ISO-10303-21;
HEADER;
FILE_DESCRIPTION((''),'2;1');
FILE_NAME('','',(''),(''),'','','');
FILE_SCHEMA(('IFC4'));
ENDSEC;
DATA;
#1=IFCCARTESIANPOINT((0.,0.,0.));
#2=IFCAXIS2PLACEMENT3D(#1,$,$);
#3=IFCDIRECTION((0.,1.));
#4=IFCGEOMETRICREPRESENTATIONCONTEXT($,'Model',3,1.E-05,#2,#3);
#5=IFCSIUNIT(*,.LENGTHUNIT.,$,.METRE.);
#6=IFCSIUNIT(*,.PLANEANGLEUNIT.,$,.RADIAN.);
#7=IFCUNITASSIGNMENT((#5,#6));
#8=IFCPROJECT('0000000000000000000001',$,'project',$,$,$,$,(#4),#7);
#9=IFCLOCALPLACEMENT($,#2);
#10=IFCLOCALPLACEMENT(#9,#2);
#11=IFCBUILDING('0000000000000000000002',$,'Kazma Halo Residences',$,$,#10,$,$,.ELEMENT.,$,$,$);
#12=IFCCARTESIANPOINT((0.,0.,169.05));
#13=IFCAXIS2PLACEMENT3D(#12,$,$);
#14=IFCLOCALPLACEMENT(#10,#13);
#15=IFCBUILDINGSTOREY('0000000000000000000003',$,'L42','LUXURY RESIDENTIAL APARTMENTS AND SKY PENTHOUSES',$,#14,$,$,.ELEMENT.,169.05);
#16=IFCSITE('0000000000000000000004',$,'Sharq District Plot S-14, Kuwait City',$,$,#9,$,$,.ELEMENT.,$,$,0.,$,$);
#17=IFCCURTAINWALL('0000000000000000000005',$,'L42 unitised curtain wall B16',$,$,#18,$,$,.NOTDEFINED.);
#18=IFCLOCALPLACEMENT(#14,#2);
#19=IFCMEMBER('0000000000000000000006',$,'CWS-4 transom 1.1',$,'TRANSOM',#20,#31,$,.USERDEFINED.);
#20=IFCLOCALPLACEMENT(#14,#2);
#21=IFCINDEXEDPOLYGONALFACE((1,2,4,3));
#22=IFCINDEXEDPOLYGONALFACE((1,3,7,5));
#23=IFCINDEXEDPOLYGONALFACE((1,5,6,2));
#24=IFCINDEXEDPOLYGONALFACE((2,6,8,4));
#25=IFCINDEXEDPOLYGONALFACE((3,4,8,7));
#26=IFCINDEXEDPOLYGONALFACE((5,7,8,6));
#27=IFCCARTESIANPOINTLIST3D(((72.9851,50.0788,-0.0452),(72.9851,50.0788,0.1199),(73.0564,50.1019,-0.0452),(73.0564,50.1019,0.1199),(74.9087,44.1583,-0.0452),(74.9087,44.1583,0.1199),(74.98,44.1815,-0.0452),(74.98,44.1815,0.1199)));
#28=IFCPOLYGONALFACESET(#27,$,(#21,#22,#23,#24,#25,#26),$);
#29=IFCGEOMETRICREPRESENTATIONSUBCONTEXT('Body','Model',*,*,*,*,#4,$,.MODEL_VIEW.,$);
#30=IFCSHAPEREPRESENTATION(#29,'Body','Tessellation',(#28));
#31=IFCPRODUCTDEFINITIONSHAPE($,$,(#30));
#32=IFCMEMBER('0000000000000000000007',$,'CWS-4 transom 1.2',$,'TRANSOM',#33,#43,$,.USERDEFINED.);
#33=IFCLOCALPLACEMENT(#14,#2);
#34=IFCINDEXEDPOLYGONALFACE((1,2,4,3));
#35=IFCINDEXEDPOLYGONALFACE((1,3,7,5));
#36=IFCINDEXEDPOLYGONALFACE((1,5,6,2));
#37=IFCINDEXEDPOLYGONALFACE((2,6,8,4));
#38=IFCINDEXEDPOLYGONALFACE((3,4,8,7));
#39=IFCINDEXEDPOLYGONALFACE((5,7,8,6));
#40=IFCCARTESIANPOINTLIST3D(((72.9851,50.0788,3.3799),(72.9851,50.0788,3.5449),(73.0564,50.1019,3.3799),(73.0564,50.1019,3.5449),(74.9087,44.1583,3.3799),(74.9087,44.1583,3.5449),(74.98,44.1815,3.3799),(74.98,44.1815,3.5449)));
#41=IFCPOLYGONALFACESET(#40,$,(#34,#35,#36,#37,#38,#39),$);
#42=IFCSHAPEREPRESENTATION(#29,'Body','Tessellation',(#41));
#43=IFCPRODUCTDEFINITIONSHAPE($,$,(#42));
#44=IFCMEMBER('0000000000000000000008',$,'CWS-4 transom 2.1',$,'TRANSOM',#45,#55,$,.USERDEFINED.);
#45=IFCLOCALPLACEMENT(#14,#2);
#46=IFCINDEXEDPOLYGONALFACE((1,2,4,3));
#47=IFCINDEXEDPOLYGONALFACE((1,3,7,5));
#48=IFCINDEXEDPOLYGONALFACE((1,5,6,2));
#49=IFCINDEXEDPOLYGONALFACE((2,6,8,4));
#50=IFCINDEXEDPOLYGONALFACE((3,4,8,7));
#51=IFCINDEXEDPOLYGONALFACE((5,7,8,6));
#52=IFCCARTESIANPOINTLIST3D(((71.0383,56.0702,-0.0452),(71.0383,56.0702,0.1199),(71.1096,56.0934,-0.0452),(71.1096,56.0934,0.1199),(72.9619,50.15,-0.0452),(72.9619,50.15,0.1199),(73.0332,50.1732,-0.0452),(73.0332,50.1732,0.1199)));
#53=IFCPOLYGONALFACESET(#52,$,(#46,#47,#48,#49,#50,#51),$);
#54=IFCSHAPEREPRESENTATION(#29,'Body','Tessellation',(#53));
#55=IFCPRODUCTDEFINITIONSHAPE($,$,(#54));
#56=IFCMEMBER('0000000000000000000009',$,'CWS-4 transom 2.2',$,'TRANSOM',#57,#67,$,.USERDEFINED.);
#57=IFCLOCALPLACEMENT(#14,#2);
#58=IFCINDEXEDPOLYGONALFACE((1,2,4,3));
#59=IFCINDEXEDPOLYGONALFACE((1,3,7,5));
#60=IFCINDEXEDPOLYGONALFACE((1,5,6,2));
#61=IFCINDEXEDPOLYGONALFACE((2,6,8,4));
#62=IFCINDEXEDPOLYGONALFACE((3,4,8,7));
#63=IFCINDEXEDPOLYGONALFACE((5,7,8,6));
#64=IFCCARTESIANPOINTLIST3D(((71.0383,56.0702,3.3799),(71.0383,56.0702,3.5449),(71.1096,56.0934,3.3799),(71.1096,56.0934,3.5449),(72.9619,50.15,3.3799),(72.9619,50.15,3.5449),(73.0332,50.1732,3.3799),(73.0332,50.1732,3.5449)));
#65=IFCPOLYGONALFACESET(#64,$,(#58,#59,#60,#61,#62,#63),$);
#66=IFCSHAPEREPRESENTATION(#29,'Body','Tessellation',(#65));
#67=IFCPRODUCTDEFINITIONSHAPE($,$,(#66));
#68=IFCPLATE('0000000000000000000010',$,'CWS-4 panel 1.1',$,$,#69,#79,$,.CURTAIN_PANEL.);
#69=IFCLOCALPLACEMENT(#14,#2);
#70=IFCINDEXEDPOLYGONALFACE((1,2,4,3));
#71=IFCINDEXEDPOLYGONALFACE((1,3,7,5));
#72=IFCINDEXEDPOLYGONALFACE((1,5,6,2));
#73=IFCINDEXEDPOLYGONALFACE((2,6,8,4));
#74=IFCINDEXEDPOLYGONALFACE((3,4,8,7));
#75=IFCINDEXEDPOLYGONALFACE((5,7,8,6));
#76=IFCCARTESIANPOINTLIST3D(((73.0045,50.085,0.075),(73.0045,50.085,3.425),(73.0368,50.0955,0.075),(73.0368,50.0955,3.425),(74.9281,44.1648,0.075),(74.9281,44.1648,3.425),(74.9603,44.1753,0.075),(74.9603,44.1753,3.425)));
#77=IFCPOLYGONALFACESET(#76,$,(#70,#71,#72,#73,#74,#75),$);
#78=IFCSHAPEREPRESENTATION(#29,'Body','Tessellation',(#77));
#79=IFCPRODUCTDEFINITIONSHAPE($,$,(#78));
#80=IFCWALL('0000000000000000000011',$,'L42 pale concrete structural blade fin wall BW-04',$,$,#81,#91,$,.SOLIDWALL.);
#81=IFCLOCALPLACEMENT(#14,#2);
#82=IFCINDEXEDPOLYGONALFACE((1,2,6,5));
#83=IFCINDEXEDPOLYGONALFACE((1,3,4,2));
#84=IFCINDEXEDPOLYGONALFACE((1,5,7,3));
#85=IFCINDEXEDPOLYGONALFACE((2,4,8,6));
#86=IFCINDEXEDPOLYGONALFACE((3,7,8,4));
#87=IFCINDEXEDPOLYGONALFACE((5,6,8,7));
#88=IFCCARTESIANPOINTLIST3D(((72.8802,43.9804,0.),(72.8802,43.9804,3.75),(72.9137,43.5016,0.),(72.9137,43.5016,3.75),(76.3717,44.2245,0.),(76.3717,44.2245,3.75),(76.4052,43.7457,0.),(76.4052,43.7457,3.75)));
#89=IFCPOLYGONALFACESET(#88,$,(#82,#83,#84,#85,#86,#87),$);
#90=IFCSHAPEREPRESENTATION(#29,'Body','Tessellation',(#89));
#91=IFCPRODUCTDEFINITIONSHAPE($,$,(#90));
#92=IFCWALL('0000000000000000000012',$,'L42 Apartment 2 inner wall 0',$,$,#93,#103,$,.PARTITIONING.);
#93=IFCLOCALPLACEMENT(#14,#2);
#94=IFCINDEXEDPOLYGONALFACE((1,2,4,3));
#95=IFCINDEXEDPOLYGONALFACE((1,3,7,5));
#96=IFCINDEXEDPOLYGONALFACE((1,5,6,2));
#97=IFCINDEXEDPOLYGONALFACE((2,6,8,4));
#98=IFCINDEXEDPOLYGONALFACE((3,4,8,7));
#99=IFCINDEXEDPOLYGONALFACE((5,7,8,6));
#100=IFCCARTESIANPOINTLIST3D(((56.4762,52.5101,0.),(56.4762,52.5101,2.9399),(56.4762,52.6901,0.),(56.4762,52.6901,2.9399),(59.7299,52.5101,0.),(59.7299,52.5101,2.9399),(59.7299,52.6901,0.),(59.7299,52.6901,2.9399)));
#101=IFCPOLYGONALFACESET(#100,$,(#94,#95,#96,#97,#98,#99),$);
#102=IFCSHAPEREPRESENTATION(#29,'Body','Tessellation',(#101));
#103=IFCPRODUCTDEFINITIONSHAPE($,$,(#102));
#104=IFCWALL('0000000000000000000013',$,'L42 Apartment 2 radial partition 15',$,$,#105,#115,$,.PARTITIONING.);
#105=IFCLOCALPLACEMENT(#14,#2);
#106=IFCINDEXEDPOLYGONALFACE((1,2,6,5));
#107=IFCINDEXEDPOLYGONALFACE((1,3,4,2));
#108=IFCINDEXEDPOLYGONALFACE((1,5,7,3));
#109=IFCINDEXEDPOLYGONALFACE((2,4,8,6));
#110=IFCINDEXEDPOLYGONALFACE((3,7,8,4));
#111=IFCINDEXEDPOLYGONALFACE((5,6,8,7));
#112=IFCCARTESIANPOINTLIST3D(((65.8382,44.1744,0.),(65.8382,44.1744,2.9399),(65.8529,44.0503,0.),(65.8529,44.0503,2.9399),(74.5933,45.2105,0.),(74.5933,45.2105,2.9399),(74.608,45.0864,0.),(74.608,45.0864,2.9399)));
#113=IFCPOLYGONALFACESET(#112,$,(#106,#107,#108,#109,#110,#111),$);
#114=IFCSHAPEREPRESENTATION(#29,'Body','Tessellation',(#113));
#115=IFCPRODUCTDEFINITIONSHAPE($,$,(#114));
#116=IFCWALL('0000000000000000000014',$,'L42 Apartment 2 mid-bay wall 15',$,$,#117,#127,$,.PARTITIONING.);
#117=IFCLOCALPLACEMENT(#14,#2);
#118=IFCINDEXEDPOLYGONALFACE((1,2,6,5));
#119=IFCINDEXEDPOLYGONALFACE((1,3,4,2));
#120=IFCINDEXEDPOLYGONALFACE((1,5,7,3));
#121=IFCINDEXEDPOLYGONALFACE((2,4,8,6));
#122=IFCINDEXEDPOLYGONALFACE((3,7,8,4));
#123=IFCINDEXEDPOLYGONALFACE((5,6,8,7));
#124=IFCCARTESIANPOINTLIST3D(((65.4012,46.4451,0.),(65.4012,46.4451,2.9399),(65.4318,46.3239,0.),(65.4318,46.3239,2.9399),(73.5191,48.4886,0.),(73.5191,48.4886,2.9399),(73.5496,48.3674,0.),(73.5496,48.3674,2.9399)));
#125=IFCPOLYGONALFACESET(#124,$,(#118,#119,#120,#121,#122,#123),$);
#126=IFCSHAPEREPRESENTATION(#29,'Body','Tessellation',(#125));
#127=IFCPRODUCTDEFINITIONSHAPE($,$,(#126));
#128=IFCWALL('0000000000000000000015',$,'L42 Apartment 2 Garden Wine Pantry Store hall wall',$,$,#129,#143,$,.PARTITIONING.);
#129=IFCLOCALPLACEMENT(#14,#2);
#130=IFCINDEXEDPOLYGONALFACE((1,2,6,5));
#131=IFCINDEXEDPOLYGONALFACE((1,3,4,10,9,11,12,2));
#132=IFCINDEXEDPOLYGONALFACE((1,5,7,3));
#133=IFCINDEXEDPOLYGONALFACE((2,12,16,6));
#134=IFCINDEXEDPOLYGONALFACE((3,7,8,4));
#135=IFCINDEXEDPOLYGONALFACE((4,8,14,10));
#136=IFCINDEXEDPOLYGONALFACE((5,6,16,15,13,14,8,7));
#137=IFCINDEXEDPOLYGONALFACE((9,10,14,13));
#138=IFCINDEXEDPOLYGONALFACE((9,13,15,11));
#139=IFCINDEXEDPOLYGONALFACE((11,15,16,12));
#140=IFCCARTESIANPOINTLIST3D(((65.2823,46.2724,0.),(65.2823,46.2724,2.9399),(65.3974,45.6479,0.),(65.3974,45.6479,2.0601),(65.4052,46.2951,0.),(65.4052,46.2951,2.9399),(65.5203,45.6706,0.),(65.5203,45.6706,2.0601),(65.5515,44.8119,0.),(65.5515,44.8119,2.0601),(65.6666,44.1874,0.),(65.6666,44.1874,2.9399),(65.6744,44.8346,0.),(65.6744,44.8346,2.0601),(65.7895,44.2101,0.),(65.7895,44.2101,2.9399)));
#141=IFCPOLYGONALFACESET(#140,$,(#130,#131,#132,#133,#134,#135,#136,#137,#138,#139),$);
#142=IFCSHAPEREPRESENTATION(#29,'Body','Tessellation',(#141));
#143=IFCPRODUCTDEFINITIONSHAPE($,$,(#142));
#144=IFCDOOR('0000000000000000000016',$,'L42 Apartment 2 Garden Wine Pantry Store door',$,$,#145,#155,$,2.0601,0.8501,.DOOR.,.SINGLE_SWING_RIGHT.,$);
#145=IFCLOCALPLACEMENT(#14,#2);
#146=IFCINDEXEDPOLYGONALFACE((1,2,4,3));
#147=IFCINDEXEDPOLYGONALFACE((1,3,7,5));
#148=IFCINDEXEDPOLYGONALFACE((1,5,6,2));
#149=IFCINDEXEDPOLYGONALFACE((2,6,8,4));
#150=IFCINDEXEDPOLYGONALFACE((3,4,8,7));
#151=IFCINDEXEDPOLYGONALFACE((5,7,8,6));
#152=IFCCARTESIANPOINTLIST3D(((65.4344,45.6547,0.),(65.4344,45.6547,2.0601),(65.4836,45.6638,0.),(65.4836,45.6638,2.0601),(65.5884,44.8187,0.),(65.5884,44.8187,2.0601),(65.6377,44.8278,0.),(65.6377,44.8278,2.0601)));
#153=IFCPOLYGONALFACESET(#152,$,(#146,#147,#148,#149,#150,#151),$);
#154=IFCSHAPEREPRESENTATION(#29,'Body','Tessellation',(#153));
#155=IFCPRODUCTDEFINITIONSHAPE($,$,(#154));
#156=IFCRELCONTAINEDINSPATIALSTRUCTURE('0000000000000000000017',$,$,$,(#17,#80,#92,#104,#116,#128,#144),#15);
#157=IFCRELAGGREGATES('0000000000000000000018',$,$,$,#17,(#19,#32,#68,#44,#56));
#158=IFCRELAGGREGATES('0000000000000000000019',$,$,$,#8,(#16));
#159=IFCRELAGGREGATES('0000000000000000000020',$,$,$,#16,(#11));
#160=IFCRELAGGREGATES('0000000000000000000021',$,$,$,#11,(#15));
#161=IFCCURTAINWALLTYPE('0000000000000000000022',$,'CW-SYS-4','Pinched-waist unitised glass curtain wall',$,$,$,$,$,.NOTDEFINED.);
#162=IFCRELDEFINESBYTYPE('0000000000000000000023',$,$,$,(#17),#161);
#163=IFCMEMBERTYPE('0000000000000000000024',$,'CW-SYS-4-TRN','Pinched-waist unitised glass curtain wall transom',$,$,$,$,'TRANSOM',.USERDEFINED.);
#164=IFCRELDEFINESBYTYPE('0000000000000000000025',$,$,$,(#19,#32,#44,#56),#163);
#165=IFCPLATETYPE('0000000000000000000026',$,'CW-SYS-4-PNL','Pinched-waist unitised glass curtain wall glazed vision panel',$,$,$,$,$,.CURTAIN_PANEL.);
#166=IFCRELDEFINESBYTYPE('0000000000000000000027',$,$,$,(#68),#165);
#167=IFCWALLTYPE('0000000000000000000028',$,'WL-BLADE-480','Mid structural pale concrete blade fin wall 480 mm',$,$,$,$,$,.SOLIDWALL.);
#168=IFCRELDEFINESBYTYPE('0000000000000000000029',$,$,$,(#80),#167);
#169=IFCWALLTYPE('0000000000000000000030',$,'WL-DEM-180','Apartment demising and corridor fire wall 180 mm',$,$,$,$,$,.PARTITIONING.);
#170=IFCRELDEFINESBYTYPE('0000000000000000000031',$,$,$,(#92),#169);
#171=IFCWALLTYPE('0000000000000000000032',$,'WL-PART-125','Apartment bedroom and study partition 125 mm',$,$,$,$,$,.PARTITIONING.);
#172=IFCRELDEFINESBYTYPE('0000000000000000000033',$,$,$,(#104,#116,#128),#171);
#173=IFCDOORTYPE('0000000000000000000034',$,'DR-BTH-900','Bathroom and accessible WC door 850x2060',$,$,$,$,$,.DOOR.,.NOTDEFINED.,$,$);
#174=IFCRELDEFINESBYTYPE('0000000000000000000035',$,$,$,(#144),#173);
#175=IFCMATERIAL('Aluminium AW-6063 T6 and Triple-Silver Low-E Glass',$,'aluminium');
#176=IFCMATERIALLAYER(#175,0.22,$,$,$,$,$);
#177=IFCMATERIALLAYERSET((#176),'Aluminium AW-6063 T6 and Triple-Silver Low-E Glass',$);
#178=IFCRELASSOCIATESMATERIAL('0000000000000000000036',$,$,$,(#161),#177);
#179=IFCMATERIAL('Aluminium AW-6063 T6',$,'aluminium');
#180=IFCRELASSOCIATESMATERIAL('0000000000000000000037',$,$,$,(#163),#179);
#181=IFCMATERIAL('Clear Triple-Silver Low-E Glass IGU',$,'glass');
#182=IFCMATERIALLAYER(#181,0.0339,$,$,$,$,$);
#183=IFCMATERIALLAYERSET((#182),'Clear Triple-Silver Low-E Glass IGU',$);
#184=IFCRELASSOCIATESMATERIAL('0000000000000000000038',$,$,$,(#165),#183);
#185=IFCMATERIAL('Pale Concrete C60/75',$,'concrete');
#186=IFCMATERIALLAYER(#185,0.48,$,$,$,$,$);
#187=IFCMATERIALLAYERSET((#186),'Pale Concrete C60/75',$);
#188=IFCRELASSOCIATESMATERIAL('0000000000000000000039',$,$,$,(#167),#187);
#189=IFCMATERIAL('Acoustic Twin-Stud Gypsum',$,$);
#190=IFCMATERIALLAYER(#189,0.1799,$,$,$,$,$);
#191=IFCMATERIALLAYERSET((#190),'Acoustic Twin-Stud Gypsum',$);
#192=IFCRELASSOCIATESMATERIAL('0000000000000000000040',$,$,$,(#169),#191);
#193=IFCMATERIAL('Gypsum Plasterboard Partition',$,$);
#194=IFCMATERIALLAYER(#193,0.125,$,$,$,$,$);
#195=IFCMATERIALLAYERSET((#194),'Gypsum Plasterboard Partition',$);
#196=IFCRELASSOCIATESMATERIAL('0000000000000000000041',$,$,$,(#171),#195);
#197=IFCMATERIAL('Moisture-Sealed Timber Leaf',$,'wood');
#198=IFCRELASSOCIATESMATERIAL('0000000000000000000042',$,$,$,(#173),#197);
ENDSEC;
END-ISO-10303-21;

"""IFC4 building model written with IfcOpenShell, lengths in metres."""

from ifc_helpers import new_model, si_unit, direction, frame, frame_2d, origin, origin_2d, place, context, subcontext, project, spatial, rectangle, extrude, material, layer, layer_set, material_profile, profile_set, type_object, element, fill, aggregate, save


model = new_model("IFC4")

# Units and contexts
model_context = context("Model", 3, precision=1e-05, world=origin(), true_north=direction((0.0, 1.0)))
body_context = subcontext(model_context, "Body", "Model", "MODEL_VIEW")
ifc_project = project(units=[si_unit("LENGTHUNIT", "METRE"), si_unit("PLANEANGLEUNIT", "RADIAN")], contexts=[model_context])

# Site, building, storey
site_placement = place(None, origin())
site = spatial("IfcSite", under=ifc_project, at=site_placement, Name="Sharq District Plot S-14, Kuwait City", CompositionType="ELEMENT", RefElevation=0.0)
building_placement = place(site_placement, origin())
building = spatial("IfcBuilding", under=site, at=building_placement, Name="Kazma Halo Residences", CompositionType="ELEMENT")
storey_placement = place(building_placement, frame((0.0, 0.0, 169.05)))
storey = spatial("IfcBuildingStorey", under=building, at=storey_placement, Name="L42", Description="LUXURY RESIDENTIAL APARTMENTS AND SKY PENTHOUSES", CompositionType="ELEMENT", Elevation=169.05)

# Shared definitions
ifc_material_1 = material(Name="Aluminium AW-6063 T6 and Triple-Silver Low-E Glass", Category="aluminium")
ifc_layer_1 = layer(ifc_material_1, 0.22)
ifc_layer_set_1 = layer_set([ifc_layer_1], Name="Aluminium AW-6063 T6 and Triple-Silver Low-E Glass")
curtain_wall_type = type_object("IfcCurtainWallType", Name="CW-SYS-4", Description="Pinched-waist unitised glass curtain wall", PredefinedType="NOTDEFINED", material=ifc_layer_set_1)
ifc_material_2 = material(Name="Aluminium AW-6063 T6", Category="aluminium")

# Curtain wall, members, plate
curtain_wall_1_placement = place(storey_placement, origin())
curtain_wall_1 = element("IfcCurtainWall", 1, at=curtain_wall_1_placement, inside=storey, type_object=curtain_wall_type, Name="L42 unitised curtain wall B16", PredefinedType="NOTDEFINED")
ifc_material_profile_1 = material_profile(ifc_material_2, rectangle(XDim=0.075, YDim=0.165, at=origin_2d()), Name="CWT-75x165")
ifc_profile_set_1 = profile_set([ifc_material_profile_1], Name="Aluminium AW-6063 T6")
member_type_1 = type_object("IfcMemberType", Name="CW-SYS-4-TRN", Description="Pinched-waist unitised glass curtain wall transom", ElementType="TRANSOM", PredefinedType="USERDEFINED", material=ifc_profile_set_1)
member_1_placement = place(storey_placement, frame((74.9443, 44.1699, 0.0374), z_axis=(-0.309006, 0.95106, 0.0), x_axis=(-0.95106, -0.309006, 0.0)))
member_1 = element("IfcMember", 2, at=member_1_placement, type_object=member_type_1, Name="CWS-4 transom 1.1", ObjectType="TRANSOM", PredefinedType="USERDEFINED", context=body_context, shape_type="SweptSolid", body=[
    extrude(rectangle(XDim=0.075, YDim=0.165, at=origin_2d()), origin(), (0.0, 0.0, 1.0), 6.2251),
])
member_2_placement = place(storey_placement, frame((74.9443, 44.1699, 3.4624), z_axis=(-0.309006, 0.95106, 0.0), x_axis=(-0.95106, -0.309006, 0.0)))
member_2 = element("IfcMember", 3, at=member_2_placement, type_object=member_type_1, Name="CWS-4 transom 1.2", ObjectType="TRANSOM", PredefinedType="USERDEFINED", context=body_context, shape_type="SweptSolid", body=[
    extrude(rectangle(XDim=0.075, YDim=0.165, at=origin_2d()), origin(), (0.0, 0.0, 1.0), 6.2251),
])
member_3_placement = place(storey_placement, frame((72.9976, 50.1616, 0.0374), z_axis=(-0.309018, 0.951056, 0.0), x_axis=(-0.951056, -0.309018, 0.0)))
member_3 = element("IfcMember", 4, at=member_3_placement, type_object=member_type_1, Name="CWS-4 transom 2.1", ObjectType="TRANSOM", PredefinedType="USERDEFINED", context=body_context, shape_type="SweptSolid", body=[
    extrude(rectangle(XDim=0.075, YDim=0.165, at=origin_2d()), origin(), (0.0, 0.0, 1.0), 6.2249),
])
member_4_placement = place(storey_placement, frame((72.9976, 50.1616, 3.4624), z_axis=(-0.309018, 0.951056, 0.0), x_axis=(-0.951056, -0.309018, 0.0)))
member_4 = element("IfcMember", 5, at=member_4_placement, type_object=member_type_1, Name="CWS-4 transom 2.2", ObjectType="TRANSOM", PredefinedType="USERDEFINED", context=body_context, shape_type="SweptSolid", body=[
    extrude(rectangle(XDim=0.075, YDim=0.165, at=origin_2d()), origin(), (0.0, 0.0, 1.0), 6.2249),
])
ifc_material_3 = material(Name="Clear Triple-Silver Low-E Glass IGU", Category="glass")
ifc_layer_2 = layer(ifc_material_3, 0.0339)
ifc_layer_set_2 = layer_set([ifc_layer_2], Name="Clear Triple-Silver Low-E Glass IGU")
plate_type = type_object("IfcPlateType", Name="CW-SYS-4-PNL", Description="Pinched-waist unitised glass curtain wall glazed vision panel", PredefinedType="CURTAIN_PANEL", material=ifc_layer_set_2)
plate_placement = place(storey_placement, frame((73.9824, 47.1301, 0.075), z_axis=(0.0, 0.0, 1.0), x_axis=(-0.309014, 0.951058, 0.0)))
plate = element("IfcPlate", 6, at=plate_placement, type_object=plate_type, Name="CWS-4 panel 1.1", PredefinedType="CURTAIN_PANEL", context=body_context, shape_type="SweptSolid", body=[
    extrude(rectangle(XDim=6.2249, YDim=0.0339, at=origin_2d()), origin(), (0.0, 0.0, 1.0), 3.3501),
])
aggregate(curtain_wall_1, [member_1, member_2, plate, member_3, member_4])

# Walls
ifc_material_4 = material(Name="Pale Concrete C60/75", Category="concrete")
ifc_layer_3 = layer(ifc_material_4, 0.48)
ifc_layer_set_3 = layer_set([ifc_layer_3], Name="Pale Concrete C60/75")
wall_type_1 = type_object("IfcWallType", Name="WL-BLADE-480", Description="Mid structural pale concrete blade fin wall 480 mm", PredefinedType="SOLIDWALL", material=ifc_layer_set_3)
wall_1_placement = place(storey_placement, frame((72.897, 43.741, 0.0), z_axis=(0.0, 0.0, 1.0), x_axis=(0.997564, 0.069755, 0.0)))
element("IfcWall", 7, at=wall_1_placement, inside=storey, type_object=wall_type_1, Name="L42 pale concrete structural blade fin wall BW-04", PredefinedType="SOLIDWALL", context=body_context, shape_type="SweptSolid", body=[
    extrude(rectangle(XDim=3.5, YDim=0.48, at=frame_2d((1.75, 0.0))), origin(), (0.0, 0.0, 1.0), 3.75),
])
ifc_material_5 = material(Name="Acoustic Twin-Stud Gypsum")
ifc_layer_4 = layer(ifc_material_5, 0.1799)
ifc_layer_set_4 = layer_set([ifc_layer_4], Name="Acoustic Twin-Stud Gypsum")
wall_type_2 = type_object("IfcWallType", Name="WL-DEM-180", Description="Apartment demising and corridor fire wall 180 mm", PredefinedType="PARTITIONING", material=ifc_layer_set_4)
wall_2_placement = place(storey_placement, frame((59.73, 52.6001, 0.0), z_axis=(0.0, 0.0, 1.0), x_axis=(-1.0, 0.0, 0.0)))
element("IfcWall", 8, at=wall_2_placement, inside=storey, type_object=wall_type_2, Name="L42 Apartment 2 inner wall 0", PredefinedType="PARTITIONING", context=body_context, shape_type="SweptSolid", body=[
    extrude(rectangle(XDim=3.2537, YDim=0.1799, at=frame_2d((1.627, 0.0))), origin(), (0.0, 0.0, 1.0), 2.9399),
])
ifc_material_6 = material(Name="Gypsum Plasterboard Partition")
ifc_layer_5 = layer(ifc_material_6, 0.125)
ifc_layer_set_5 = layer_set([ifc_layer_5], Name="Gypsum Plasterboard Partition")
wall_type_3 = type_object("IfcWallType", Name="WL-PART-125", Description="Apartment bedroom and study partition 125 mm", PredefinedType="PARTITIONING", material=ifc_layer_set_5)
wall_3_placement = place(storey_placement, frame((65.8455, 44.1123, 0.0), z_axis=(0.0, 0.0, 1.0), x_axis=(0.99307, 0.117526, 0.0)))
element("IfcWall", 9, at=wall_3_placement, inside=storey, type_object=wall_type_3, Name="L42 Apartment 2 radial partition 15", PredefinedType="PARTITIONING", context=body_context, shape_type="SweptSolid", body=[
    extrude(rectangle(XDim=8.8162, YDim=0.125, at=frame_2d((4.4082, 0.0))), origin(), (0.0, 0.0, 1.0), 2.9399),
])
wall_4_placement = place(storey_placement, frame((65.4165, 46.3845, 0.0), z_axis=(0.0, 0.0, 1.0), x_axis=(0.969748, 0.244107, 0.0)))
element("IfcWall", 10, at=wall_4_placement, inside=storey, type_object=wall_type_3, Name="L42 Apartment 2 mid-bay wall 15", PredefinedType="PARTITIONING", context=body_context, shape_type="SweptSolid", body=[
    extrude(rectangle(XDim=8.3711, YDim=0.125, at=frame_2d((4.1855, 0.0))), origin(), (0.0, 0.0, 1.0), 2.9399),
])

# Wall, opening, door
wall_5_placement = place(storey_placement, frame((65.728, 44.1987, 0.0), z_axis=(0.0, 0.0, 1.0), x_axis=(-0.181256, 0.983436, 0.0)))
wall_5 = element("IfcWall", 11, at=wall_5_placement, inside=storey, type_object=wall_type_3, Name="L42 Apartment 2 Garden Wine Pantry Store hall wall", PredefinedType="PARTITIONING", context=body_context, shape_type="SweptSolid", body=[
    extrude(rectangle(XDim=2.1201, YDim=0.125, at=frame_2d((1.0601, 0.0))), origin(), (0.0, 0.0, 1.0), 2.9399),
])
opening_1_placement = place(wall_5_placement, frame((0.635, 0.0, 0.0)))
opening_1 = element("IfcOpeningElement", 12, at=opening_1_placement, cuts=wall_5, PredefinedType="OPENING", context=body_context, shape_type="SweptSolid", body=[
    extrude(rectangle(XDim=0.8501, YDim=2.0601, at=frame_2d((0.425, 1.03))), frame((0.0, 0.0725, 0.0), z_axis=(0.0, -1.0, 0.0), x_axis=(1.0, 0.0, 0.0)), (0.0, 0.0, 1.0), 0.145),
])
ifc_material_7 = material(Name="Moisture-Sealed Timber Leaf", Category="wood")
door_type_1 = type_object("IfcDoorType", Name="DR-BTH-900", Description="Bathroom and accessible WC door 850x2060", OperationType="NOTDEFINED", PredefinedType="DOOR", material=ifc_material_7)
door_1_placement = place(opening_1_placement, origin())
door_1 = element("IfcDoor", 13, at=door_1_placement, inside=storey, type_object=door_type_1, Name="L42 Apartment 2 Garden Wine Pantry Store door", OperationType="SINGLE_SWING_RIGHT", OverallHeight=2.0601, OverallWidth=0.8501, PredefinedType="DOOR", context=body_context, shape_type="SweptSolid", body=[
    extrude(rectangle(XDim=0.8501, YDim=2.0601, at=frame_2d((0.425, 1.03))), frame((0.0, 0.0249, 0.0), z_axis=(0.0, -1.0, 0.0), x_axis=(1.0, 0.0, 0.0)), (0.0, 0.0, 1.0), 0.05),
])
fill(opening_1, door_1)

save(model, "model.ifc")
